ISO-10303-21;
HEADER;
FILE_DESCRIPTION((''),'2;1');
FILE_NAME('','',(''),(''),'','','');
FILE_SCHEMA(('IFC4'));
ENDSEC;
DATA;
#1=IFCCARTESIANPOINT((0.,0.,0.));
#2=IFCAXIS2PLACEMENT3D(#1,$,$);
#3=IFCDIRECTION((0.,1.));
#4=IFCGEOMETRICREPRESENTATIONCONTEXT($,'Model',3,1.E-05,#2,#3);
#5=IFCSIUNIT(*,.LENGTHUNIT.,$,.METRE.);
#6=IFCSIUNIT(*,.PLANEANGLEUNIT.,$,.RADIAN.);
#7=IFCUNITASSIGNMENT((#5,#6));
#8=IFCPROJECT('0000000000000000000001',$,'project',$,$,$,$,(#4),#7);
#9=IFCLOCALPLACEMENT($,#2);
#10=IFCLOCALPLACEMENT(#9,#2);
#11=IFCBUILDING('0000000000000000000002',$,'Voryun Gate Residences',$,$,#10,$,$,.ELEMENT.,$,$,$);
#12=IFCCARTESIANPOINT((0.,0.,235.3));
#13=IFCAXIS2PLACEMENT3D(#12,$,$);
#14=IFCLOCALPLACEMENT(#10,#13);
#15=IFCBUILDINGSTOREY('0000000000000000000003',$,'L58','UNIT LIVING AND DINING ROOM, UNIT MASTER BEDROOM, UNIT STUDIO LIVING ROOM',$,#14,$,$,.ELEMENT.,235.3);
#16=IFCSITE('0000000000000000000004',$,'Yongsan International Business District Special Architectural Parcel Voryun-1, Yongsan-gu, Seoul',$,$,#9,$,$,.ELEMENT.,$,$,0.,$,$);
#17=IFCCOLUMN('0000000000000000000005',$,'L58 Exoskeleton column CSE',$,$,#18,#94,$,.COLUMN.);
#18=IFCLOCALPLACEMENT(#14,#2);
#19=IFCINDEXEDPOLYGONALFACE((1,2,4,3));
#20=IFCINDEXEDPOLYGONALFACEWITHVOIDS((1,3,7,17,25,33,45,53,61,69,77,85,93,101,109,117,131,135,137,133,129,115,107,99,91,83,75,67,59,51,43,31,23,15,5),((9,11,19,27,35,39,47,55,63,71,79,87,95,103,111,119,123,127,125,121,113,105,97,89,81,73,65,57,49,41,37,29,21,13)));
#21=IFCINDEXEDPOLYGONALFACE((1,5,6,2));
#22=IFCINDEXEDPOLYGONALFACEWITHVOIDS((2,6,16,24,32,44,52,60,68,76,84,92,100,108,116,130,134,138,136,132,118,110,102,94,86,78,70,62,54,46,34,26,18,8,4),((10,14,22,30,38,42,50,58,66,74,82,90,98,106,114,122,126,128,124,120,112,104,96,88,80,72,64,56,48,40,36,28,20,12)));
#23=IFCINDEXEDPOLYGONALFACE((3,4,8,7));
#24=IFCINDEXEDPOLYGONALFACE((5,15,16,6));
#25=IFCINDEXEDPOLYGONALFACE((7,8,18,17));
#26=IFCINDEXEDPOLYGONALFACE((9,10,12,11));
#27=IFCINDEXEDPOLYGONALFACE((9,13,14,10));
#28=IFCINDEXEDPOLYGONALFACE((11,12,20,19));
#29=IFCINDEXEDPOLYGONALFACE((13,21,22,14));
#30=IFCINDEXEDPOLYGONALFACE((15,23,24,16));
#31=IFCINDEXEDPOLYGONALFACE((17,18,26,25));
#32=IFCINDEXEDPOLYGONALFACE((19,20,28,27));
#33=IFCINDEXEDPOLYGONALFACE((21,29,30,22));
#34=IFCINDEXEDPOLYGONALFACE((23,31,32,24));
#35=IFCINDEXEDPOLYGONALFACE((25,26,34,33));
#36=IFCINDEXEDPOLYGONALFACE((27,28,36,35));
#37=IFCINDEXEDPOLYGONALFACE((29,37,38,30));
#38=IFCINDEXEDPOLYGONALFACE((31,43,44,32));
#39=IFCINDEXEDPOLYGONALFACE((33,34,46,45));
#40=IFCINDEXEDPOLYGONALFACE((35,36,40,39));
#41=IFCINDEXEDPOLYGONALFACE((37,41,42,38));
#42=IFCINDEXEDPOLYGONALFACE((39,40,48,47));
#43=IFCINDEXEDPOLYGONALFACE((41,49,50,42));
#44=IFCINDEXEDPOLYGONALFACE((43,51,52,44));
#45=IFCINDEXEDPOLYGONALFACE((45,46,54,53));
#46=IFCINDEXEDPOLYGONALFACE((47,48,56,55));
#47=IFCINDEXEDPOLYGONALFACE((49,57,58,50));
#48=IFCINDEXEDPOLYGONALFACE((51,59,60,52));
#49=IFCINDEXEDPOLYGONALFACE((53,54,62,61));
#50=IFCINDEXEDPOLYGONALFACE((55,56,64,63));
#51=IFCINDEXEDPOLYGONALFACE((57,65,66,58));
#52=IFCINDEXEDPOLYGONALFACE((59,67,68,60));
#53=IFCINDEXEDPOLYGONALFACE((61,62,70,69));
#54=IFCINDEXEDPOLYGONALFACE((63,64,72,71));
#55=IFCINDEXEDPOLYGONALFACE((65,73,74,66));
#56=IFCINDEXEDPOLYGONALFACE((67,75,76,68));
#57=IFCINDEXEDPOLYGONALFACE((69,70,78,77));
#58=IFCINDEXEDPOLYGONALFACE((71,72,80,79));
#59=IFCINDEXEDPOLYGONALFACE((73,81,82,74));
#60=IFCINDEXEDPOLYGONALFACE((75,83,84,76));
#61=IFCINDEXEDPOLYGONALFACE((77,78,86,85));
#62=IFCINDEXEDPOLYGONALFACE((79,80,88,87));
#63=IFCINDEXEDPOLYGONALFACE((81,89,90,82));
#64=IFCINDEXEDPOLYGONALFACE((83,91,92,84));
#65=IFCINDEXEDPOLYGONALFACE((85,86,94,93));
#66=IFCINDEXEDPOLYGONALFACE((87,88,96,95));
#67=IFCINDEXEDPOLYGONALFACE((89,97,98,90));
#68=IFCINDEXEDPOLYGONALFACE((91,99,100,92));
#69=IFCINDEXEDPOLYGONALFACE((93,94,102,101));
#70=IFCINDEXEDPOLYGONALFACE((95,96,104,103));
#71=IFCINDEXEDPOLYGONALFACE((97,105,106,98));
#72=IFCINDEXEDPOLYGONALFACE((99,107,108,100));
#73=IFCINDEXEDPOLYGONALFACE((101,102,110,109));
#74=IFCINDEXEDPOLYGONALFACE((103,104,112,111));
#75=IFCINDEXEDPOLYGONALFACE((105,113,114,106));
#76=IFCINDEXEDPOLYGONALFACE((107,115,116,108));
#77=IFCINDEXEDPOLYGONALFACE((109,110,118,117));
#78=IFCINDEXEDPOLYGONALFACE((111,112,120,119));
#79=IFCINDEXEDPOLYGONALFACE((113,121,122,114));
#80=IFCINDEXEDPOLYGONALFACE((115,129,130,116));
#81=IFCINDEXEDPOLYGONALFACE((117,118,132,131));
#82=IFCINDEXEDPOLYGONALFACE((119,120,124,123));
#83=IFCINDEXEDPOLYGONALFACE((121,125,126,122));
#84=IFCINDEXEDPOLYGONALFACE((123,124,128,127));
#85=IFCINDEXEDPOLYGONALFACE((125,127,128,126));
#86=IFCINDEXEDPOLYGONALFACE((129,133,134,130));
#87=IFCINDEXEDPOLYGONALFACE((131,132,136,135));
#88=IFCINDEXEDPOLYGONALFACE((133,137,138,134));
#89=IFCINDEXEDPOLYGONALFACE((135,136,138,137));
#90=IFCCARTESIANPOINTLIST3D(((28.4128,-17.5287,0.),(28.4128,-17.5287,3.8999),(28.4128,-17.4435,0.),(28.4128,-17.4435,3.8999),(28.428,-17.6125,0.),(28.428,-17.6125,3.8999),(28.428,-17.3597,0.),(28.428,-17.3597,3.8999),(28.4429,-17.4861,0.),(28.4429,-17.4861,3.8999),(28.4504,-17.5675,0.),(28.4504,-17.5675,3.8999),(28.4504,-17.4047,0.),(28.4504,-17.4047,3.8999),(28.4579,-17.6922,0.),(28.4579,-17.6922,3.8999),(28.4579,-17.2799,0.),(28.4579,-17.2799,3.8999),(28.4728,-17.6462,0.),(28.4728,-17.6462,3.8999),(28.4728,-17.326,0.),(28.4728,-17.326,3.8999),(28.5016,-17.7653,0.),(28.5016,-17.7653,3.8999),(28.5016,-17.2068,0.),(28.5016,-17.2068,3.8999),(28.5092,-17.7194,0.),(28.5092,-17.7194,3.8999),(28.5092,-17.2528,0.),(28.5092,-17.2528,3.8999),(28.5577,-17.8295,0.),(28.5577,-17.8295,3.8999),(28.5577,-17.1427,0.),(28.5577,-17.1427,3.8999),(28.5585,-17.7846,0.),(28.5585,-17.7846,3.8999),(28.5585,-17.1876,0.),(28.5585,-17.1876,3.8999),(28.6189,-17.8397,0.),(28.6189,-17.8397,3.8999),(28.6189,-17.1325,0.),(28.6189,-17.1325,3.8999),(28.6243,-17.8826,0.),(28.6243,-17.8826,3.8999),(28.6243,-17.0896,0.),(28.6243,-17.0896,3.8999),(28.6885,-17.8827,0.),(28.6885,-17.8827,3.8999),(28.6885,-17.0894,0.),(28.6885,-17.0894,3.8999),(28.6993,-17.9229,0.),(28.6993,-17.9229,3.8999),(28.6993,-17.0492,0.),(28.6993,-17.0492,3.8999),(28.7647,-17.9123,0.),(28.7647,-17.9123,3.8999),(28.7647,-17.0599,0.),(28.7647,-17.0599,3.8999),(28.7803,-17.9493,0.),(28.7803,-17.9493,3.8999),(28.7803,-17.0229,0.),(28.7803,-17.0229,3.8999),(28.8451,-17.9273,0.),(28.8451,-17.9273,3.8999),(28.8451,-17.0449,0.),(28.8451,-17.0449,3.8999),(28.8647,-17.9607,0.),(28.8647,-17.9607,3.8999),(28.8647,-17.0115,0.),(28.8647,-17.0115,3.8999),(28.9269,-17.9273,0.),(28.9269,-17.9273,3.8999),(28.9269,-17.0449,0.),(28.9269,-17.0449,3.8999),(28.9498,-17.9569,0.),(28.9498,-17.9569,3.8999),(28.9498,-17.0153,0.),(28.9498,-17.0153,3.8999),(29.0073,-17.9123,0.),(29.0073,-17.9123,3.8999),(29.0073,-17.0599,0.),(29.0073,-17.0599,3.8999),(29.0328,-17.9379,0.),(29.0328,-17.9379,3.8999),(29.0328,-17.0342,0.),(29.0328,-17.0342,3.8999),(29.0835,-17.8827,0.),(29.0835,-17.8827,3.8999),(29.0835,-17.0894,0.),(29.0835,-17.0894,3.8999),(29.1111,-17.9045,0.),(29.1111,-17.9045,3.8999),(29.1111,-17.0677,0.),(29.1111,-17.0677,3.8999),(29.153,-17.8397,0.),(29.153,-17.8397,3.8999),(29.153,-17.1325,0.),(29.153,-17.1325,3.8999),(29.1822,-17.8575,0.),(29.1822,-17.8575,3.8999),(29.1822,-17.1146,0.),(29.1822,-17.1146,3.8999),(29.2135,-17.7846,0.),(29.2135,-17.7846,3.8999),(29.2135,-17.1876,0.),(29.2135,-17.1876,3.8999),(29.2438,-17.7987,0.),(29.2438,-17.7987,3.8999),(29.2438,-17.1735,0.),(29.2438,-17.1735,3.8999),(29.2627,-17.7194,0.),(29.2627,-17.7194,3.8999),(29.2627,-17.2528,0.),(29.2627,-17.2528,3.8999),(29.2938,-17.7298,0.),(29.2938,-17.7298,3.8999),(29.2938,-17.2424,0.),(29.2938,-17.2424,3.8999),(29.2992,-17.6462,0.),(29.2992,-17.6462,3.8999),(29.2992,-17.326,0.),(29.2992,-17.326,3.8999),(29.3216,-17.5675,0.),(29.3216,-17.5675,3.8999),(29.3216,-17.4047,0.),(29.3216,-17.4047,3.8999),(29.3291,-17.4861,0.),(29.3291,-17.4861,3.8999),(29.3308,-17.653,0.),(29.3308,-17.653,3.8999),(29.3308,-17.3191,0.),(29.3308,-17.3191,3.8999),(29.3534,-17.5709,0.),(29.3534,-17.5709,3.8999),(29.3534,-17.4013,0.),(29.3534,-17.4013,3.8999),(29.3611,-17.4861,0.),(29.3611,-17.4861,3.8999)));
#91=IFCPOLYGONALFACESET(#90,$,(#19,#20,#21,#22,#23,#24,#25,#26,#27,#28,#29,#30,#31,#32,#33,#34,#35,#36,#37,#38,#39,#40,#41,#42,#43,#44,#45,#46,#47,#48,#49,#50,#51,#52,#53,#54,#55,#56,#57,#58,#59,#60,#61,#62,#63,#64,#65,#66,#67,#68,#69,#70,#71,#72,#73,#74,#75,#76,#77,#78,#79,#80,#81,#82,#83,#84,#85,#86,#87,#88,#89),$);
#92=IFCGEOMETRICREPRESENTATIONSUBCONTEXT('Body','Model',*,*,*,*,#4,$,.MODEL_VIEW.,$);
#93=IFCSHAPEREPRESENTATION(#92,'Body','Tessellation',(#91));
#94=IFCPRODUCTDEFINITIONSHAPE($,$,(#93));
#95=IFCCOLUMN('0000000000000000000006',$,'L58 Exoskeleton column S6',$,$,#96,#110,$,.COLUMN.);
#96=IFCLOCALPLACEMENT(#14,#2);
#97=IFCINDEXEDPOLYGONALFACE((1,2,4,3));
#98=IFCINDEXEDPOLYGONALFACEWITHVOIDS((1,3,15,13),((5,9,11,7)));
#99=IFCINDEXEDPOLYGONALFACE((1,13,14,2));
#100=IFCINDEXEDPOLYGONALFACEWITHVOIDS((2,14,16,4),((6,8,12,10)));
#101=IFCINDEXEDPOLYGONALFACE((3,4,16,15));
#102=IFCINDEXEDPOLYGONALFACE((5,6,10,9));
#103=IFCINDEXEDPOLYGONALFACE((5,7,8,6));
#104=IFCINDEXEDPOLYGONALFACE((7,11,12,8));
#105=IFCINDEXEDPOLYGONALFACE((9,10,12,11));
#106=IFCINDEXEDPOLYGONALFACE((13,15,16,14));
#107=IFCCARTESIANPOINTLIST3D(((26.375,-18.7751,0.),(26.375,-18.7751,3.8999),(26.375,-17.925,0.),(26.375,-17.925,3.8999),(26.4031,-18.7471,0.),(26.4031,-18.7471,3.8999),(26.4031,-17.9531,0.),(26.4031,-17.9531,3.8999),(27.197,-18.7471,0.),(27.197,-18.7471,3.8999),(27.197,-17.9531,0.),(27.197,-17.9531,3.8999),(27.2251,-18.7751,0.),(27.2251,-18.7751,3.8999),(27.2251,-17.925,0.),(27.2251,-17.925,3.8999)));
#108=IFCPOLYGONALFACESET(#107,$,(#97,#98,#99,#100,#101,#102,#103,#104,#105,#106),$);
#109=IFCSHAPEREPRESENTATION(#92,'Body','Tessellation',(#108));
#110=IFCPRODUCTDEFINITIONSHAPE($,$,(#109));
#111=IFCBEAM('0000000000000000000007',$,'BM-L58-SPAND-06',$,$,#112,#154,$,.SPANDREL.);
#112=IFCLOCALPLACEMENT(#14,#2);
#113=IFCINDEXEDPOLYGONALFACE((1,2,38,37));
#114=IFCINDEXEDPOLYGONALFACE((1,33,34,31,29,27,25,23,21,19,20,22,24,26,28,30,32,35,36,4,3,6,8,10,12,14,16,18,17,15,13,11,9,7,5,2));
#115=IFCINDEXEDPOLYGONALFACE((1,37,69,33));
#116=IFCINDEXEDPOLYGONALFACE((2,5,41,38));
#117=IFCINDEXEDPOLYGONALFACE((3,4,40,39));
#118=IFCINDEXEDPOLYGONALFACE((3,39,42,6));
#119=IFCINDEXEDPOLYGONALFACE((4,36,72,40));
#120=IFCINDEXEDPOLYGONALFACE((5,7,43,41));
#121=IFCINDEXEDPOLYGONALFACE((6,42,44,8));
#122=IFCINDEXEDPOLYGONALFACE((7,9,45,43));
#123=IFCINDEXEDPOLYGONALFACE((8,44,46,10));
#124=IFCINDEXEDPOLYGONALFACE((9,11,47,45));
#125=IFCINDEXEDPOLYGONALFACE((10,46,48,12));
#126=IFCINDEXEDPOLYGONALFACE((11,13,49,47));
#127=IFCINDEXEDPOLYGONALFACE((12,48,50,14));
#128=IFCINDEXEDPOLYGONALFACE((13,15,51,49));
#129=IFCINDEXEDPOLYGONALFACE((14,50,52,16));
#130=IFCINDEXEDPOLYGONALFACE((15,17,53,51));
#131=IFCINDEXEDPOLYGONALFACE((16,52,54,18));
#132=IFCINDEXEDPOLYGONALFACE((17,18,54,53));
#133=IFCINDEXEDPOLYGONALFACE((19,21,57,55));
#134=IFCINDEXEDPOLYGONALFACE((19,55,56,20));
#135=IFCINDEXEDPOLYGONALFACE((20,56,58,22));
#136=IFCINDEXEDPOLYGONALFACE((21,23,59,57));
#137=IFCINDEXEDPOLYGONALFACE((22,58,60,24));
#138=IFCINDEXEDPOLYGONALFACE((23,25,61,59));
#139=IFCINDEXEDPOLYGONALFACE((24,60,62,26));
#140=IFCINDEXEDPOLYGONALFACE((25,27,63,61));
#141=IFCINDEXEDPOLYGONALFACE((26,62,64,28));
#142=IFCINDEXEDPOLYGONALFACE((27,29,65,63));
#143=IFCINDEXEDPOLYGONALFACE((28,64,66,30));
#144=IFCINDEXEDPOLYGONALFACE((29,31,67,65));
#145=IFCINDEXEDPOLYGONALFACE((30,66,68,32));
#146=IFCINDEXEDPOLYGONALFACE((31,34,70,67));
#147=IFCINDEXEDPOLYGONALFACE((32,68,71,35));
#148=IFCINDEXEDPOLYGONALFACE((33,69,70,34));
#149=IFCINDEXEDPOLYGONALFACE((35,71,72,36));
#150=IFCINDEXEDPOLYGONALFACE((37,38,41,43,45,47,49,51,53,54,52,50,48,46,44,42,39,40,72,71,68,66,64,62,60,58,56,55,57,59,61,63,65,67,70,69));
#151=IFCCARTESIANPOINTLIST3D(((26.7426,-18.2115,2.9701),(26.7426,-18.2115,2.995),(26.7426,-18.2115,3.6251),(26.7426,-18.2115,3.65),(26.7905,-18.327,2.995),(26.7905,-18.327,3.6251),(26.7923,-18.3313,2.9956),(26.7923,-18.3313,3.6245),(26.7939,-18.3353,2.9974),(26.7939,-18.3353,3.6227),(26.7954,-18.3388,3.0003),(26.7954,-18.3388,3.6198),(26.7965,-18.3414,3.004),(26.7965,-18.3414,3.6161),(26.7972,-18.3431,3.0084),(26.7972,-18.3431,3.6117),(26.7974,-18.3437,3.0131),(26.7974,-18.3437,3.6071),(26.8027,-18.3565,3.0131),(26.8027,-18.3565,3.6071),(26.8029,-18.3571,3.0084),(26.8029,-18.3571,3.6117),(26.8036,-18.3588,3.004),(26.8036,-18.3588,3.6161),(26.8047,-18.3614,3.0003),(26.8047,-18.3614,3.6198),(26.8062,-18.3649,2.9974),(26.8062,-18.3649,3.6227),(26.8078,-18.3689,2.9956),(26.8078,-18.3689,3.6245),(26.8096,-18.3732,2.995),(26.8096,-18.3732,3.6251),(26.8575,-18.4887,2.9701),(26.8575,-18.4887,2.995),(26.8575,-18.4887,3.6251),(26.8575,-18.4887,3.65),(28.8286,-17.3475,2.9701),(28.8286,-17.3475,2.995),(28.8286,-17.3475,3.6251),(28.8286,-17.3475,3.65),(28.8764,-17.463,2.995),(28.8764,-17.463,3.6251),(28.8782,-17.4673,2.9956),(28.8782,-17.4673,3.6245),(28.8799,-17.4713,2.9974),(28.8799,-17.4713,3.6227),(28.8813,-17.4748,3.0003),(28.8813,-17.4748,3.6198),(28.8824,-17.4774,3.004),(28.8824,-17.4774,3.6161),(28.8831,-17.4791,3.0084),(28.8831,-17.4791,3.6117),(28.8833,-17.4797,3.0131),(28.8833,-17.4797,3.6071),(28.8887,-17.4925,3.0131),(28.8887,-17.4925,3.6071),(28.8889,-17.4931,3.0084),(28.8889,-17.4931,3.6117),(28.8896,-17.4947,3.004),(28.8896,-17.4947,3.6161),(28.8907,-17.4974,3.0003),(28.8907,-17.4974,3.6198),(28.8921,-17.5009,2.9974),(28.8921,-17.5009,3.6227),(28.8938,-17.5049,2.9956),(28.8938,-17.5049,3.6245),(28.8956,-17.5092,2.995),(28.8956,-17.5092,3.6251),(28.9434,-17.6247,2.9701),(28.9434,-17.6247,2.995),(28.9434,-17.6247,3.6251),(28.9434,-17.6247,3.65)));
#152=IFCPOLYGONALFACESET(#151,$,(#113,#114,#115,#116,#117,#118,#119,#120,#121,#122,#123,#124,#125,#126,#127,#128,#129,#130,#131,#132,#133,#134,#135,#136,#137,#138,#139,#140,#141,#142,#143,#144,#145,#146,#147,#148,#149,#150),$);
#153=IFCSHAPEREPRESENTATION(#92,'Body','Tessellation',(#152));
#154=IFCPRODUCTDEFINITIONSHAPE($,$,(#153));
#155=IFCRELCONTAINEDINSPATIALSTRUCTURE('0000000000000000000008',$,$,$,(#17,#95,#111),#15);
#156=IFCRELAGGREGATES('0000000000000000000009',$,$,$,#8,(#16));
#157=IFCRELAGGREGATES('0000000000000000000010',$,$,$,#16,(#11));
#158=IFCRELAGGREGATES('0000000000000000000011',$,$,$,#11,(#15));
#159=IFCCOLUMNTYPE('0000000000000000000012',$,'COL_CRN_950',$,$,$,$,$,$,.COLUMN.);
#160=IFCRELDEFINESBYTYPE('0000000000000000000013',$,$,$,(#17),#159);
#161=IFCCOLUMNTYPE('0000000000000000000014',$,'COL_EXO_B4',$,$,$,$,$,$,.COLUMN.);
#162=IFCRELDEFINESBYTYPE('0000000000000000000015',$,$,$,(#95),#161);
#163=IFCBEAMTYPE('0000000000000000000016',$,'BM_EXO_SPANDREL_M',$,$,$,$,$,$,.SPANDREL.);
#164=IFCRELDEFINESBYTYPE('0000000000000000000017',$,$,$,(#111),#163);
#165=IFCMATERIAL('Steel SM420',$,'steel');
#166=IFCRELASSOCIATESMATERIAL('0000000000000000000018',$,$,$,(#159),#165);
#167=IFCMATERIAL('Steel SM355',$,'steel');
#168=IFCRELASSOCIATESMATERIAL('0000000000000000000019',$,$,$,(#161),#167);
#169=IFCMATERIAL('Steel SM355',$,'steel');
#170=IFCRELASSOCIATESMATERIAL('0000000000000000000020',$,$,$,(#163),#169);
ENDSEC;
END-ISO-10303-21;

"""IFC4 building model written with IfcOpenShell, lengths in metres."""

from ifc_helpers import new_model, si_unit, direction, frame, origin, origin_2d, place, context, subcontext, project, spatial, hollow_rectangle, hollow_circle, i_section, extrude, material, material_profile, profile_set, type_object, element, save


model = new_model("IFC4")

# Units and contexts
model_context = context("Model", 3, precision=1e-05, world=origin(), true_north=direction((0.0, 1.0)))
body_context = subcontext(model_context, "Body", "Model", "MODEL_VIEW")
ifc_project = project(units=[si_unit("LENGTHUNIT", "METRE"), si_unit("PLANEANGLEUNIT", "RADIAN")], contexts=[model_context])

# Site, building, storey
site_placement = place(None, origin())
site = spatial("IfcSite", under=ifc_project, at=site_placement, Name="Yongsan International Business District Special Architectural Parcel Voryun-1, Yongsan-gu, Seoul", CompositionType="ELEMENT", RefElevation=0.0)
building_placement = place(site_placement, origin())
building = spatial("IfcBuilding", under=site, at=building_placement, Name="Voryun Gate Residences", CompositionType="ELEMENT")
storey_placement = place(building_placement, frame((0.0, 0.0, 235.3)))
storey = spatial("IfcBuildingStorey", under=building, at=storey_placement, Name="L58", Description="UNIT LIVING AND DINING ROOM, UNIT MASTER BEDROOM, UNIT STUDIO LIVING ROOM", CompositionType="ELEMENT", Elevation=235.3)

# Columns
ifc_material_1 = material(Name="Steel SM420", Category="steel")
ifc_material_profile_1 = material_profile(ifc_material_1, hollow_circle(Radius=0.4751, WallThickness=0.032, at=origin_2d()), Name="CHS-950x32")
ifc_profile_set_1 = profile_set([ifc_material_profile_1], Name="Steel SM420")
column_type_1 = type_object("IfcColumnType", Name="COL_CRN_950", PredefinedType="COLUMN", material=ifc_profile_set_1)
column_1_placement = place(storey_placement, frame((28.886, -17.4861, 0.0), z_axis=(0.0, 0.0, 1.0), x_axis=(1.0, 0.0, 0.0)))
element("IfcColumn", 1, at=column_1_placement, inside=storey, type_object=column_type_1, Name="L58 Exoskeleton column CSE", PredefinedType="COLUMN", context=body_context, shape_type="SweptSolid", body=[
    extrude(hollow_circle(Radius=0.4751, WallThickness=0.032, at=origin_2d()), origin(), (0.0, 0.0, 1.0), 3.8999),
])
ifc_material_2 = material(Name="Steel SM355", Category="steel")
ifc_material_profile_2 = material_profile(ifc_material_2, hollow_rectangle(XDim=0.8501, YDim=0.8501, WallThickness=0.0281, at=origin_2d()), Name="BOX-850x850x28")
ifc_profile_set_2 = profile_set([ifc_material_profile_2], Name="Steel SM355")
column_type_2 = type_object("IfcColumnType", Name="COL_EXO_B4", PredefinedType="COLUMN", material=ifc_profile_set_2)
column_2_placement = place(storey_placement, frame((26.8, -18.3501, 0.0), z_axis=(0.0, 0.0, 1.0), x_axis=(1.0, 0.0, 0.0)))
element("IfcColumn", 2, at=column_2_placement, inside=storey, type_object=column_type_2, Name="L58 Exoskeleton column S6", PredefinedType="COLUMN", context=body_context, shape_type="SweptSolid", body=[
    extrude(hollow_rectangle(XDim=0.8501, YDim=0.8501, WallThickness=0.0281, at=origin_2d()), origin(), (0.0, 0.0, 1.0), 3.8999),
])

# Beam
ifc_material_3 = material(Name="Steel SM355", Category="steel")
ifc_material_profile_3 = material_profile(ifc_material_3, i_section(OverallWidth=0.3, OverallDepth=0.6799, WebThickness=0.0139, FlangeThickness=0.0249, FilletRadius=0.0181, at=origin_2d()), Name="H-680x300x14x25")
ifc_profile_set_3 = profile_set([ifc_material_profile_3], Name="Steel SM355")
beam_type = type_object("IfcBeamType", Name="BM_EXO_SPANDREL_M", PredefinedType="SPANDREL", material=ifc_profile_set_3)
beam_1_placement = place(storey_placement, frame((26.8, -18.3501, 3.3101), z_axis=(0.923881, 0.38268, 0.0), x_axis=(-0.38268, 0.923881, 0.0)))
element("IfcBeam", 3, at=beam_1_placement, inside=storey, type_object=beam_type, Name="BM-L58-SPAND-06", PredefinedType="SPANDREL", context=body_context, shape_type="SweptSolid", body=[
    extrude(i_section(OverallWidth=0.3, OverallDepth=0.6799, WebThickness=0.0139, FlangeThickness=0.0249, FilletRadius=0.0181, at=origin_2d()), origin(), (0.0, 0.0, 1.0), 2.2578),
])

save(model, "model.ifc")
